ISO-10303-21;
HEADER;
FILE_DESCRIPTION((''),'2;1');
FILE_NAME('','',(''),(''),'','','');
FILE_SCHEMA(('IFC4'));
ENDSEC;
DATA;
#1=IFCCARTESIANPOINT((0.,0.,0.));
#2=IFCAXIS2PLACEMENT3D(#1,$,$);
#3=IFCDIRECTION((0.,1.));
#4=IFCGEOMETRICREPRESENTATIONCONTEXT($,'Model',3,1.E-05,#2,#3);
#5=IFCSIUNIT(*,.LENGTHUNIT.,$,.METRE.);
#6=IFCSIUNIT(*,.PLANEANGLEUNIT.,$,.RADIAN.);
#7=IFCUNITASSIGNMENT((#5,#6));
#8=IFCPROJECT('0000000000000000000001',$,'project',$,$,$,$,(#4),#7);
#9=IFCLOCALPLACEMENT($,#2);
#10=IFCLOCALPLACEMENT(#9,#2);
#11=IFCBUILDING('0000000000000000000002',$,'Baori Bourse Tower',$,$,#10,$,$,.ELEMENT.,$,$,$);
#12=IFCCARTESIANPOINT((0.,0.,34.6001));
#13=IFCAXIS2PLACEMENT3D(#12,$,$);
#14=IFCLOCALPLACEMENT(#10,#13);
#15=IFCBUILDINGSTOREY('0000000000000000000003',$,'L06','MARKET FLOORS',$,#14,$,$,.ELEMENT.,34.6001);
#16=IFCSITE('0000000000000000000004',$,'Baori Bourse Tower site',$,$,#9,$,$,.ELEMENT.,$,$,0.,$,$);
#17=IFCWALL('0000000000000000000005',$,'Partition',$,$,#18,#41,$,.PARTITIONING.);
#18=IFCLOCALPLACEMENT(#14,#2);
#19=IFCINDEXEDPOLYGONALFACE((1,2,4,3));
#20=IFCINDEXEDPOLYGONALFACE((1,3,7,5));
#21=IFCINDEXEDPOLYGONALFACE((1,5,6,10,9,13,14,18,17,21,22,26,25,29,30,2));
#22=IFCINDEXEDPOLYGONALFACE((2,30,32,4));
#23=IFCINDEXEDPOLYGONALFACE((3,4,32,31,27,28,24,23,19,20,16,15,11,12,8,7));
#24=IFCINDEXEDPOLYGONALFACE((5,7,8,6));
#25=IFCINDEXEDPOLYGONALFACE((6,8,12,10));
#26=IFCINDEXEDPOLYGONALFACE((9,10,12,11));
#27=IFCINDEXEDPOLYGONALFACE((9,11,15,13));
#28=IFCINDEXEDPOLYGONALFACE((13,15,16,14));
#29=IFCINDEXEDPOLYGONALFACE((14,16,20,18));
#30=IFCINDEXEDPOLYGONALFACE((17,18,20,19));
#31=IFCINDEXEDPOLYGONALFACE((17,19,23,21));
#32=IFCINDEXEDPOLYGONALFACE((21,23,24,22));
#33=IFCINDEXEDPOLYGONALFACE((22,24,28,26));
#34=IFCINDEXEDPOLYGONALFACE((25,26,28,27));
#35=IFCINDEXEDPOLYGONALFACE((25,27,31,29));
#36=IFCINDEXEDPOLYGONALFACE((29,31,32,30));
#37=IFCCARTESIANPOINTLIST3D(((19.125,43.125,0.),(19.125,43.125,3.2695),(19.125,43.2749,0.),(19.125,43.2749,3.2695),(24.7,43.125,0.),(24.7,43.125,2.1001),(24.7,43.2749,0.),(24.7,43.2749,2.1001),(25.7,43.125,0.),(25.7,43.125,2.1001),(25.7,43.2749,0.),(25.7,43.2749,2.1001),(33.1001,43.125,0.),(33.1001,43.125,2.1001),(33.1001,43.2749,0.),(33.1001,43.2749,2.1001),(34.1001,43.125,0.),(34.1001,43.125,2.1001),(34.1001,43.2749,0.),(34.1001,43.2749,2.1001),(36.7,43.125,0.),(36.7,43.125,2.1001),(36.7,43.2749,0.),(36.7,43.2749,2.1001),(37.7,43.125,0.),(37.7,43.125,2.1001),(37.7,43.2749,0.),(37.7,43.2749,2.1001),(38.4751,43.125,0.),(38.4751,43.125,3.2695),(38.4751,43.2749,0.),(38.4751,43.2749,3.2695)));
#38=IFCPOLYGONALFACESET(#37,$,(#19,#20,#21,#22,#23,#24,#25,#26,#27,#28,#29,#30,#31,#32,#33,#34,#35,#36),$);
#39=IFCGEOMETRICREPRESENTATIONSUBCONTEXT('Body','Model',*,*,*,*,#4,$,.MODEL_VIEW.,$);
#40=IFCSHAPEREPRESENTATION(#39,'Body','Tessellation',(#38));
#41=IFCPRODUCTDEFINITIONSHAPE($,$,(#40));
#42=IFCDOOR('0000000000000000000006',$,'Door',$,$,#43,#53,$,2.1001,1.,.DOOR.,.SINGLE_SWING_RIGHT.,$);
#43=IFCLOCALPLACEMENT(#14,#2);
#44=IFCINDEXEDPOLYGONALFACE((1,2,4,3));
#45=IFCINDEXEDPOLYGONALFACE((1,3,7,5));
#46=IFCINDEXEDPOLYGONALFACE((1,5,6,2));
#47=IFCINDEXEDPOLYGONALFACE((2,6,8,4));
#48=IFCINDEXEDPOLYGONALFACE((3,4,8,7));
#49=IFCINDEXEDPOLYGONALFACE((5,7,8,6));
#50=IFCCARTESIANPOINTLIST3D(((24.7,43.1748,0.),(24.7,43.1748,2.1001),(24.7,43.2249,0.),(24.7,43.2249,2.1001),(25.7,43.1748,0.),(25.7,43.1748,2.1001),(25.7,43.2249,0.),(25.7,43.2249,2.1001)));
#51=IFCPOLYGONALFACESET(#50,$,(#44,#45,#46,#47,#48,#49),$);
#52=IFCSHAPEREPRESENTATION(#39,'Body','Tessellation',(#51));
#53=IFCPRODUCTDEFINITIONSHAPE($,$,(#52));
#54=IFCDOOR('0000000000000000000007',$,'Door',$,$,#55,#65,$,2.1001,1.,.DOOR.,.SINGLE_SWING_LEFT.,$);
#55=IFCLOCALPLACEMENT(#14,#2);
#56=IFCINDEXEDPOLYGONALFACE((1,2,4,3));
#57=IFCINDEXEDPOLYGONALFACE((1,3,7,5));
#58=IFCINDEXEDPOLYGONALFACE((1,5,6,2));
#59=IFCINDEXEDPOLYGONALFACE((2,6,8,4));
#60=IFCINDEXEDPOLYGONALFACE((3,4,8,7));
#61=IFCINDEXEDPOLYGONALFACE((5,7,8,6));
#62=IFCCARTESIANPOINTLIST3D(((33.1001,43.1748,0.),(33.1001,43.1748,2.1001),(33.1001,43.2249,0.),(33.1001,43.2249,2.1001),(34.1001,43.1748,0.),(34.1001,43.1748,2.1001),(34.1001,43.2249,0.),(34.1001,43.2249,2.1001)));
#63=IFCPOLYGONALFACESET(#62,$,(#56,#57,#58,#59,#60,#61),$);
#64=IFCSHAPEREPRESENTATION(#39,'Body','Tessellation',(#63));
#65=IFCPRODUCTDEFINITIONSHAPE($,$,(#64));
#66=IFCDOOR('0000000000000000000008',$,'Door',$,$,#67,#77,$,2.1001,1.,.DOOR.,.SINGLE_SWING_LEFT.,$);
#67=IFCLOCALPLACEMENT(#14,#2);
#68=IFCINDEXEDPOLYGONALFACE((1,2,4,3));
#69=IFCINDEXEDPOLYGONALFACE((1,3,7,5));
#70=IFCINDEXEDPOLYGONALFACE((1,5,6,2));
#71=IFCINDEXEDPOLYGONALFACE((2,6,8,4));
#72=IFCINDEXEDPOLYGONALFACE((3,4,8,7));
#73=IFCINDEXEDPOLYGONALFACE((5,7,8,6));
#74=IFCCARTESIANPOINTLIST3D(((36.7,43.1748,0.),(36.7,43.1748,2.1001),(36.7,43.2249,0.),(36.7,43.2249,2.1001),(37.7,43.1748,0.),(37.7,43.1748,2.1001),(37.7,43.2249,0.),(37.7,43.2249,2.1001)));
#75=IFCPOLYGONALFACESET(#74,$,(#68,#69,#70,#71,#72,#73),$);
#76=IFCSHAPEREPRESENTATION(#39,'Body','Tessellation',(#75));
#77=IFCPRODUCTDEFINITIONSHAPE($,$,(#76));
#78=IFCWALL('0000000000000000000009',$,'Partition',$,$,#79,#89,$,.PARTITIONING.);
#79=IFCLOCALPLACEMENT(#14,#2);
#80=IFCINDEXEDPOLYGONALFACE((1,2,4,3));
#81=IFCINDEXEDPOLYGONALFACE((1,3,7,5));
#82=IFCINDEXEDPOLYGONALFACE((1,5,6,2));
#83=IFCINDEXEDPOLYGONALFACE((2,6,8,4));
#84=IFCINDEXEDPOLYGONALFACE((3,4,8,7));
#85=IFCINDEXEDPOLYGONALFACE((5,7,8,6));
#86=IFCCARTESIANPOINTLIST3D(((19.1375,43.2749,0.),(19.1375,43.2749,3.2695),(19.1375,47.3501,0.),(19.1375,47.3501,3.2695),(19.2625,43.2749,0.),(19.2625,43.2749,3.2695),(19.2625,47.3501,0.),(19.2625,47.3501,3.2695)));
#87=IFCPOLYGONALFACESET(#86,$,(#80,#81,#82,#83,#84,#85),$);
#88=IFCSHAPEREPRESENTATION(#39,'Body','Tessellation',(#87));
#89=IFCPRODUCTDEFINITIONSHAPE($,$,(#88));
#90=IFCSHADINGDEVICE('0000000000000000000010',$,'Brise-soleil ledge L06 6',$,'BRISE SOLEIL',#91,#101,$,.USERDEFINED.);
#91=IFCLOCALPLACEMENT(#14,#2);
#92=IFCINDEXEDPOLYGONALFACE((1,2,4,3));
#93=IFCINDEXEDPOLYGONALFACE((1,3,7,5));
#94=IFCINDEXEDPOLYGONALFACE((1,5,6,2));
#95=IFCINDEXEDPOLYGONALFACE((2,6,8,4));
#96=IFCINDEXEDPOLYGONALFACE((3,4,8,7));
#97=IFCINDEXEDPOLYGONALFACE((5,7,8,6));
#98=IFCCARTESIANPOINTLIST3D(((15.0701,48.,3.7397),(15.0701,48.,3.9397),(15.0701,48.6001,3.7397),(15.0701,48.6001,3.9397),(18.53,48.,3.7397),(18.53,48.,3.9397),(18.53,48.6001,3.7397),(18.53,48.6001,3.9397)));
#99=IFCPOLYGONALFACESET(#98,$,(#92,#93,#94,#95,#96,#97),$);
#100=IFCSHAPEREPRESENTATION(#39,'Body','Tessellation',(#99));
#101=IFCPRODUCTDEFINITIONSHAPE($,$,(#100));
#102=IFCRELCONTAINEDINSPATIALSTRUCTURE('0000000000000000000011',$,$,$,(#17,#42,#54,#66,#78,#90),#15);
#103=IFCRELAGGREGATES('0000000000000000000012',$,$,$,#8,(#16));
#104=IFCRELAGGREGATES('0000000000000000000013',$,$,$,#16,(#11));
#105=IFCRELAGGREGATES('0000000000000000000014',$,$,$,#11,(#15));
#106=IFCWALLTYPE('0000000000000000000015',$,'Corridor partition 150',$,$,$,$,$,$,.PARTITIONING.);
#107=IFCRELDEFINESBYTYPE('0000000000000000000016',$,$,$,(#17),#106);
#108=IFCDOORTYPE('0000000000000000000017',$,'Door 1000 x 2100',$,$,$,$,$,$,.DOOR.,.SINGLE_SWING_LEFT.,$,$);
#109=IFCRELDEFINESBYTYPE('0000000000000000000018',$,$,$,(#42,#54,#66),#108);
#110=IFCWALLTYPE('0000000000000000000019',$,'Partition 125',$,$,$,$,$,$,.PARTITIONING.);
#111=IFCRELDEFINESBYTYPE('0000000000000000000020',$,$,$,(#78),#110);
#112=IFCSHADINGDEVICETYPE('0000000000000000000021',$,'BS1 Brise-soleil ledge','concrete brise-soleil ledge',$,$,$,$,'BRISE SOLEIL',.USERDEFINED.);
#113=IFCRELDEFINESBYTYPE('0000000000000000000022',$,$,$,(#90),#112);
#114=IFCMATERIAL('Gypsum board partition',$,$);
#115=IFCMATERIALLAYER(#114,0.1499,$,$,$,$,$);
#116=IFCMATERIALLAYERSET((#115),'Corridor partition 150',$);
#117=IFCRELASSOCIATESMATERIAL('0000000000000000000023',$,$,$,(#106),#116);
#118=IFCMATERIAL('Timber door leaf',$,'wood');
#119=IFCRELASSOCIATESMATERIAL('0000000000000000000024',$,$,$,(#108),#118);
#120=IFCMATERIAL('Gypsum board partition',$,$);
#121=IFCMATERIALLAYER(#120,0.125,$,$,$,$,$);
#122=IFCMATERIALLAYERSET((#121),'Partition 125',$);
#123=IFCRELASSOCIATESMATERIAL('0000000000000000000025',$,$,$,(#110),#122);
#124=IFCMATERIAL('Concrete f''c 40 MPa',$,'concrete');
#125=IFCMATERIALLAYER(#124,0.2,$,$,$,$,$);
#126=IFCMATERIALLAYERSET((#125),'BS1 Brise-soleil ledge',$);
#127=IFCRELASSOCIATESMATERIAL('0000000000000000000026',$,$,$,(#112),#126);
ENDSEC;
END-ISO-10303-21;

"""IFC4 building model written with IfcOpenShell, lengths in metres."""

from ifc_helpers import new_model, si_unit, direction, frame, frame_2d, origin, origin_2d, place, context, subcontext, project, spatial, rectangle, extrude, material, layer, layer_set, type_object, element, fill, save


model = new_model("IFC4")

# Units and contexts
model_context = context("Model", 3, precision=1e-05, world=origin(), true_north=direction((0.0, 1.0)))
body_context = subcontext(model_context, "Body", "Model", "MODEL_VIEW")
ifc_project = project(units=[si_unit("LENGTHUNIT", "METRE"), si_unit("PLANEANGLEUNIT", "RADIAN")], contexts=[model_context])

# Site, building, storey
site_placement = place(None, origin())
site = spatial("IfcSite", under=ifc_project, at=site_placement, Name="Baori Bourse Tower site", CompositionType="ELEMENT", RefElevation=0.0)
building_placement = place(site_placement, origin())
building = spatial("IfcBuilding", under=site, at=building_placement, Name="Baori Bourse Tower", CompositionType="ELEMENT")
storey_placement = place(building_placement, frame((0.0, 0.0, 34.6001)))
storey = spatial("IfcBuildingStorey", under=building, at=storey_placement, Name="L06", Description="MARKET FLOORS", CompositionType="ELEMENT", Elevation=34.6001)

# Wall, openings, doors
ifc_material_1 = material(Name="Gypsum board partition")
ifc_layer_1 = layer(ifc_material_1, 0.1499)
ifc_layer_set_1 = layer_set([ifc_layer_1], Name="Corridor partition 150")
wall_type_1 = type_object("IfcWallType", Name="Corridor partition 150", PredefinedType="PARTITIONING", material=ifc_layer_set_1)
wall_1_placement = place(storey_placement, frame((19.125, 43.2, 0.0), z_axis=(0.0, 0.0, 1.0), x_axis=(1.0, 0.0, 0.0)))
wall_1 = element("IfcWall", 1, at=wall_1_placement, inside=storey, type_object=wall_type_1, Name="Partition", PredefinedType="PARTITIONING", context=body_context, shape_type="SweptSolid", body=[
    extrude(rectangle(XDim=19.3501, YDim=0.1499, at=frame_2d((9.675, 0.0))), origin(), (0.0, 0.0, 1.0), 3.2695),
])
opening_1_placement = place(wall_1_placement, frame((5.575, 0.0, 0.0)))
opening_1 = element("IfcOpeningElement", 2, at=opening_1_placement, cuts=wall_1, PredefinedType="OPENING", context=body_context, shape_type="SweptSolid", body=[
    extrude(rectangle(XDim=1.0, YDim=2.1001, at=frame_2d((0.5, 1.05))), frame((0.0, 0.085, 0.0), z_axis=(0.0, -1.0, 0.0), x_axis=(1.0, 0.0, 0.0)), (0.0, 0.0, 1.0), 0.1699),
])
opening_2_placement = place(wall_1_placement, frame((13.9751, 0.0, 0.0)))
opening_2 = element("IfcOpeningElement", 3, at=opening_2_placement, cuts=wall_1, PredefinedType="OPENING", context=body_context, shape_type="SweptSolid", body=[
    extrude(rectangle(XDim=1.0, YDim=2.1001, at=frame_2d((0.5, 1.05))), frame((0.0, 0.085, 0.0), z_axis=(0.0, -1.0, 0.0), x_axis=(1.0, 0.0, 0.0)), (0.0, 0.0, 1.0), 0.1699),
])
opening_3_placement = place(wall_1_placement, frame((17.575, 0.0, 0.0)))
opening_3 = element("IfcOpeningElement", 4, at=opening_3_placement, cuts=wall_1, PredefinedType="OPENING", context=body_context, shape_type="SweptSolid", body=[
    extrude(rectangle(XDim=1.0, YDim=2.1001, at=frame_2d((0.5, 1.05))), frame((0.0, 0.085, 0.0), z_axis=(0.0, -1.0, 0.0), x_axis=(1.0, 0.0, 0.0)), (0.0, 0.0, 1.0), 0.1699),
])
ifc_material_2 = material(Name="Timber door leaf", Category="wood")
door_type = type_object("IfcDoorType", Name="Door 1000 x 2100", OperationType="SINGLE_SWING_LEFT", PredefinedType="DOOR", material=ifc_material_2)
door_1_placement = place(opening_1_placement, origin())
door_1 = element("IfcDoor", 5, at=door_1_placement, inside=storey, type_object=door_type, Name="Door", OperationType="SINGLE_SWING_RIGHT", OverallHeight=2.1001, OverallWidth=1.0, PredefinedType="DOOR", context=body_context, shape_type="SweptSolid", body=[
    extrude(rectangle(XDim=1.0, YDim=2.1001, at=frame_2d((0.5, 1.05))), frame((0.0, 0.0249, 0.0), z_axis=(0.0, -1.0, 0.0), x_axis=(1.0, 0.0, 0.0)), (0.0, 0.0, 1.0), 0.05),
])
fill(opening_1, door_1)
door_2_placement = place(opening_2_placement, origin())
door_2 = element("IfcDoor", 6, at=door_2_placement, inside=storey, type_object=door_type, Name="Door", OperationType="SINGLE_SWING_LEFT", OverallHeight=2.1001, OverallWidth=1.0, PredefinedType="DOOR", context=body_context, shape_type="SweptSolid", body=[
    extrude(rectangle(XDim=1.0, YDim=2.1001, at=frame_2d((0.5, 1.05))), frame((0.0, 0.0249, 0.0), z_axis=(0.0, -1.0, 0.0), x_axis=(1.0, 0.0, 0.0)), (0.0, 0.0, 1.0), 0.05),
])
fill(opening_2, door_2)
door_3_placement = place(opening_3_placement, origin())
door_3 = element("IfcDoor", 7, at=door_3_placement, inside=storey, type_object=door_type, Name="Door", OperationType="SINGLE_SWING_LEFT", OverallHeight=2.1001, OverallWidth=1.0, PredefinedType="DOOR", context=body_context, shape_type="SweptSolid", body=[
    extrude(rectangle(XDim=1.0, YDim=2.1001, at=frame_2d((0.5, 1.05))), frame((0.0, 0.0249, 0.0), z_axis=(0.0, -1.0, 0.0), x_axis=(1.0, 0.0, 0.0)), (0.0, 0.0, 1.0), 0.05),
])
fill(opening_3, door_3)

# Wall
ifc_material_3 = material(Name="Gypsum board partition")
ifc_layer_2 = layer(ifc_material_3, 0.125)
ifc_layer_set_2 = layer_set([ifc_layer_2], Name="Partition 125")
wall_type_2 = type_object("IfcWallType", Name="Partition 125", PredefinedType="PARTITIONING", material=ifc_layer_set_2)
wall_2_placement = place(storey_placement, frame((19.2, 43.2749, 0.0), z_axis=(0.0, 0.0, 1.0), x_axis=(0.0, 1.0, 0.0)))
element("IfcWall", 8, at=wall_2_placement, inside=storey, type_object=wall_type_2, Name="Partition", PredefinedType="PARTITIONING", context=body_context, shape_type="SweptSolid", body=[
    extrude(rectangle(XDim=4.0752, YDim=0.125, at=frame_2d((2.0376, 0.0))), origin(), (0.0, 0.0, 1.0), 3.2695),
])

# Shading device
ifc_material_4 = material(Name="Concrete f'c 40 MPa", Category="concrete")
ifc_layer_3 = layer(ifc_material_4, 0.2)
ifc_layer_set_3 = layer_set([ifc_layer_3], Name="BS1 Brise-soleil ledge")
shading_device_type = type_object("IfcShadingDeviceType", Name="BS1 Brise-soleil ledge", Description="concrete brise-soleil ledge", ElementType="BRISE SOLEIL", PredefinedType="USERDEFINED", material=ifc_layer_set_3)
shading_device_placement = place(storey_placement, frame((16.8, 48.3, 3.7397), z_axis=(0.0, 0.0, 1.0), x_axis=(-1.0, 0.0, 0.0)))
element("IfcShadingDevice", 9, at=shading_device_placement, inside=storey, type_object=shading_device_type, Name="Brise-soleil ledge L06 6", ObjectType="BRISE SOLEIL", PredefinedType="USERDEFINED", context=body_context, shape_type="SweptSolid", body=[
    extrude(rectangle(XDim=3.46, YDim=0.6001, at=origin_2d()), origin(), (0.0, 0.0, 1.0), 0.2),
])

save(model, "model.ifc")
